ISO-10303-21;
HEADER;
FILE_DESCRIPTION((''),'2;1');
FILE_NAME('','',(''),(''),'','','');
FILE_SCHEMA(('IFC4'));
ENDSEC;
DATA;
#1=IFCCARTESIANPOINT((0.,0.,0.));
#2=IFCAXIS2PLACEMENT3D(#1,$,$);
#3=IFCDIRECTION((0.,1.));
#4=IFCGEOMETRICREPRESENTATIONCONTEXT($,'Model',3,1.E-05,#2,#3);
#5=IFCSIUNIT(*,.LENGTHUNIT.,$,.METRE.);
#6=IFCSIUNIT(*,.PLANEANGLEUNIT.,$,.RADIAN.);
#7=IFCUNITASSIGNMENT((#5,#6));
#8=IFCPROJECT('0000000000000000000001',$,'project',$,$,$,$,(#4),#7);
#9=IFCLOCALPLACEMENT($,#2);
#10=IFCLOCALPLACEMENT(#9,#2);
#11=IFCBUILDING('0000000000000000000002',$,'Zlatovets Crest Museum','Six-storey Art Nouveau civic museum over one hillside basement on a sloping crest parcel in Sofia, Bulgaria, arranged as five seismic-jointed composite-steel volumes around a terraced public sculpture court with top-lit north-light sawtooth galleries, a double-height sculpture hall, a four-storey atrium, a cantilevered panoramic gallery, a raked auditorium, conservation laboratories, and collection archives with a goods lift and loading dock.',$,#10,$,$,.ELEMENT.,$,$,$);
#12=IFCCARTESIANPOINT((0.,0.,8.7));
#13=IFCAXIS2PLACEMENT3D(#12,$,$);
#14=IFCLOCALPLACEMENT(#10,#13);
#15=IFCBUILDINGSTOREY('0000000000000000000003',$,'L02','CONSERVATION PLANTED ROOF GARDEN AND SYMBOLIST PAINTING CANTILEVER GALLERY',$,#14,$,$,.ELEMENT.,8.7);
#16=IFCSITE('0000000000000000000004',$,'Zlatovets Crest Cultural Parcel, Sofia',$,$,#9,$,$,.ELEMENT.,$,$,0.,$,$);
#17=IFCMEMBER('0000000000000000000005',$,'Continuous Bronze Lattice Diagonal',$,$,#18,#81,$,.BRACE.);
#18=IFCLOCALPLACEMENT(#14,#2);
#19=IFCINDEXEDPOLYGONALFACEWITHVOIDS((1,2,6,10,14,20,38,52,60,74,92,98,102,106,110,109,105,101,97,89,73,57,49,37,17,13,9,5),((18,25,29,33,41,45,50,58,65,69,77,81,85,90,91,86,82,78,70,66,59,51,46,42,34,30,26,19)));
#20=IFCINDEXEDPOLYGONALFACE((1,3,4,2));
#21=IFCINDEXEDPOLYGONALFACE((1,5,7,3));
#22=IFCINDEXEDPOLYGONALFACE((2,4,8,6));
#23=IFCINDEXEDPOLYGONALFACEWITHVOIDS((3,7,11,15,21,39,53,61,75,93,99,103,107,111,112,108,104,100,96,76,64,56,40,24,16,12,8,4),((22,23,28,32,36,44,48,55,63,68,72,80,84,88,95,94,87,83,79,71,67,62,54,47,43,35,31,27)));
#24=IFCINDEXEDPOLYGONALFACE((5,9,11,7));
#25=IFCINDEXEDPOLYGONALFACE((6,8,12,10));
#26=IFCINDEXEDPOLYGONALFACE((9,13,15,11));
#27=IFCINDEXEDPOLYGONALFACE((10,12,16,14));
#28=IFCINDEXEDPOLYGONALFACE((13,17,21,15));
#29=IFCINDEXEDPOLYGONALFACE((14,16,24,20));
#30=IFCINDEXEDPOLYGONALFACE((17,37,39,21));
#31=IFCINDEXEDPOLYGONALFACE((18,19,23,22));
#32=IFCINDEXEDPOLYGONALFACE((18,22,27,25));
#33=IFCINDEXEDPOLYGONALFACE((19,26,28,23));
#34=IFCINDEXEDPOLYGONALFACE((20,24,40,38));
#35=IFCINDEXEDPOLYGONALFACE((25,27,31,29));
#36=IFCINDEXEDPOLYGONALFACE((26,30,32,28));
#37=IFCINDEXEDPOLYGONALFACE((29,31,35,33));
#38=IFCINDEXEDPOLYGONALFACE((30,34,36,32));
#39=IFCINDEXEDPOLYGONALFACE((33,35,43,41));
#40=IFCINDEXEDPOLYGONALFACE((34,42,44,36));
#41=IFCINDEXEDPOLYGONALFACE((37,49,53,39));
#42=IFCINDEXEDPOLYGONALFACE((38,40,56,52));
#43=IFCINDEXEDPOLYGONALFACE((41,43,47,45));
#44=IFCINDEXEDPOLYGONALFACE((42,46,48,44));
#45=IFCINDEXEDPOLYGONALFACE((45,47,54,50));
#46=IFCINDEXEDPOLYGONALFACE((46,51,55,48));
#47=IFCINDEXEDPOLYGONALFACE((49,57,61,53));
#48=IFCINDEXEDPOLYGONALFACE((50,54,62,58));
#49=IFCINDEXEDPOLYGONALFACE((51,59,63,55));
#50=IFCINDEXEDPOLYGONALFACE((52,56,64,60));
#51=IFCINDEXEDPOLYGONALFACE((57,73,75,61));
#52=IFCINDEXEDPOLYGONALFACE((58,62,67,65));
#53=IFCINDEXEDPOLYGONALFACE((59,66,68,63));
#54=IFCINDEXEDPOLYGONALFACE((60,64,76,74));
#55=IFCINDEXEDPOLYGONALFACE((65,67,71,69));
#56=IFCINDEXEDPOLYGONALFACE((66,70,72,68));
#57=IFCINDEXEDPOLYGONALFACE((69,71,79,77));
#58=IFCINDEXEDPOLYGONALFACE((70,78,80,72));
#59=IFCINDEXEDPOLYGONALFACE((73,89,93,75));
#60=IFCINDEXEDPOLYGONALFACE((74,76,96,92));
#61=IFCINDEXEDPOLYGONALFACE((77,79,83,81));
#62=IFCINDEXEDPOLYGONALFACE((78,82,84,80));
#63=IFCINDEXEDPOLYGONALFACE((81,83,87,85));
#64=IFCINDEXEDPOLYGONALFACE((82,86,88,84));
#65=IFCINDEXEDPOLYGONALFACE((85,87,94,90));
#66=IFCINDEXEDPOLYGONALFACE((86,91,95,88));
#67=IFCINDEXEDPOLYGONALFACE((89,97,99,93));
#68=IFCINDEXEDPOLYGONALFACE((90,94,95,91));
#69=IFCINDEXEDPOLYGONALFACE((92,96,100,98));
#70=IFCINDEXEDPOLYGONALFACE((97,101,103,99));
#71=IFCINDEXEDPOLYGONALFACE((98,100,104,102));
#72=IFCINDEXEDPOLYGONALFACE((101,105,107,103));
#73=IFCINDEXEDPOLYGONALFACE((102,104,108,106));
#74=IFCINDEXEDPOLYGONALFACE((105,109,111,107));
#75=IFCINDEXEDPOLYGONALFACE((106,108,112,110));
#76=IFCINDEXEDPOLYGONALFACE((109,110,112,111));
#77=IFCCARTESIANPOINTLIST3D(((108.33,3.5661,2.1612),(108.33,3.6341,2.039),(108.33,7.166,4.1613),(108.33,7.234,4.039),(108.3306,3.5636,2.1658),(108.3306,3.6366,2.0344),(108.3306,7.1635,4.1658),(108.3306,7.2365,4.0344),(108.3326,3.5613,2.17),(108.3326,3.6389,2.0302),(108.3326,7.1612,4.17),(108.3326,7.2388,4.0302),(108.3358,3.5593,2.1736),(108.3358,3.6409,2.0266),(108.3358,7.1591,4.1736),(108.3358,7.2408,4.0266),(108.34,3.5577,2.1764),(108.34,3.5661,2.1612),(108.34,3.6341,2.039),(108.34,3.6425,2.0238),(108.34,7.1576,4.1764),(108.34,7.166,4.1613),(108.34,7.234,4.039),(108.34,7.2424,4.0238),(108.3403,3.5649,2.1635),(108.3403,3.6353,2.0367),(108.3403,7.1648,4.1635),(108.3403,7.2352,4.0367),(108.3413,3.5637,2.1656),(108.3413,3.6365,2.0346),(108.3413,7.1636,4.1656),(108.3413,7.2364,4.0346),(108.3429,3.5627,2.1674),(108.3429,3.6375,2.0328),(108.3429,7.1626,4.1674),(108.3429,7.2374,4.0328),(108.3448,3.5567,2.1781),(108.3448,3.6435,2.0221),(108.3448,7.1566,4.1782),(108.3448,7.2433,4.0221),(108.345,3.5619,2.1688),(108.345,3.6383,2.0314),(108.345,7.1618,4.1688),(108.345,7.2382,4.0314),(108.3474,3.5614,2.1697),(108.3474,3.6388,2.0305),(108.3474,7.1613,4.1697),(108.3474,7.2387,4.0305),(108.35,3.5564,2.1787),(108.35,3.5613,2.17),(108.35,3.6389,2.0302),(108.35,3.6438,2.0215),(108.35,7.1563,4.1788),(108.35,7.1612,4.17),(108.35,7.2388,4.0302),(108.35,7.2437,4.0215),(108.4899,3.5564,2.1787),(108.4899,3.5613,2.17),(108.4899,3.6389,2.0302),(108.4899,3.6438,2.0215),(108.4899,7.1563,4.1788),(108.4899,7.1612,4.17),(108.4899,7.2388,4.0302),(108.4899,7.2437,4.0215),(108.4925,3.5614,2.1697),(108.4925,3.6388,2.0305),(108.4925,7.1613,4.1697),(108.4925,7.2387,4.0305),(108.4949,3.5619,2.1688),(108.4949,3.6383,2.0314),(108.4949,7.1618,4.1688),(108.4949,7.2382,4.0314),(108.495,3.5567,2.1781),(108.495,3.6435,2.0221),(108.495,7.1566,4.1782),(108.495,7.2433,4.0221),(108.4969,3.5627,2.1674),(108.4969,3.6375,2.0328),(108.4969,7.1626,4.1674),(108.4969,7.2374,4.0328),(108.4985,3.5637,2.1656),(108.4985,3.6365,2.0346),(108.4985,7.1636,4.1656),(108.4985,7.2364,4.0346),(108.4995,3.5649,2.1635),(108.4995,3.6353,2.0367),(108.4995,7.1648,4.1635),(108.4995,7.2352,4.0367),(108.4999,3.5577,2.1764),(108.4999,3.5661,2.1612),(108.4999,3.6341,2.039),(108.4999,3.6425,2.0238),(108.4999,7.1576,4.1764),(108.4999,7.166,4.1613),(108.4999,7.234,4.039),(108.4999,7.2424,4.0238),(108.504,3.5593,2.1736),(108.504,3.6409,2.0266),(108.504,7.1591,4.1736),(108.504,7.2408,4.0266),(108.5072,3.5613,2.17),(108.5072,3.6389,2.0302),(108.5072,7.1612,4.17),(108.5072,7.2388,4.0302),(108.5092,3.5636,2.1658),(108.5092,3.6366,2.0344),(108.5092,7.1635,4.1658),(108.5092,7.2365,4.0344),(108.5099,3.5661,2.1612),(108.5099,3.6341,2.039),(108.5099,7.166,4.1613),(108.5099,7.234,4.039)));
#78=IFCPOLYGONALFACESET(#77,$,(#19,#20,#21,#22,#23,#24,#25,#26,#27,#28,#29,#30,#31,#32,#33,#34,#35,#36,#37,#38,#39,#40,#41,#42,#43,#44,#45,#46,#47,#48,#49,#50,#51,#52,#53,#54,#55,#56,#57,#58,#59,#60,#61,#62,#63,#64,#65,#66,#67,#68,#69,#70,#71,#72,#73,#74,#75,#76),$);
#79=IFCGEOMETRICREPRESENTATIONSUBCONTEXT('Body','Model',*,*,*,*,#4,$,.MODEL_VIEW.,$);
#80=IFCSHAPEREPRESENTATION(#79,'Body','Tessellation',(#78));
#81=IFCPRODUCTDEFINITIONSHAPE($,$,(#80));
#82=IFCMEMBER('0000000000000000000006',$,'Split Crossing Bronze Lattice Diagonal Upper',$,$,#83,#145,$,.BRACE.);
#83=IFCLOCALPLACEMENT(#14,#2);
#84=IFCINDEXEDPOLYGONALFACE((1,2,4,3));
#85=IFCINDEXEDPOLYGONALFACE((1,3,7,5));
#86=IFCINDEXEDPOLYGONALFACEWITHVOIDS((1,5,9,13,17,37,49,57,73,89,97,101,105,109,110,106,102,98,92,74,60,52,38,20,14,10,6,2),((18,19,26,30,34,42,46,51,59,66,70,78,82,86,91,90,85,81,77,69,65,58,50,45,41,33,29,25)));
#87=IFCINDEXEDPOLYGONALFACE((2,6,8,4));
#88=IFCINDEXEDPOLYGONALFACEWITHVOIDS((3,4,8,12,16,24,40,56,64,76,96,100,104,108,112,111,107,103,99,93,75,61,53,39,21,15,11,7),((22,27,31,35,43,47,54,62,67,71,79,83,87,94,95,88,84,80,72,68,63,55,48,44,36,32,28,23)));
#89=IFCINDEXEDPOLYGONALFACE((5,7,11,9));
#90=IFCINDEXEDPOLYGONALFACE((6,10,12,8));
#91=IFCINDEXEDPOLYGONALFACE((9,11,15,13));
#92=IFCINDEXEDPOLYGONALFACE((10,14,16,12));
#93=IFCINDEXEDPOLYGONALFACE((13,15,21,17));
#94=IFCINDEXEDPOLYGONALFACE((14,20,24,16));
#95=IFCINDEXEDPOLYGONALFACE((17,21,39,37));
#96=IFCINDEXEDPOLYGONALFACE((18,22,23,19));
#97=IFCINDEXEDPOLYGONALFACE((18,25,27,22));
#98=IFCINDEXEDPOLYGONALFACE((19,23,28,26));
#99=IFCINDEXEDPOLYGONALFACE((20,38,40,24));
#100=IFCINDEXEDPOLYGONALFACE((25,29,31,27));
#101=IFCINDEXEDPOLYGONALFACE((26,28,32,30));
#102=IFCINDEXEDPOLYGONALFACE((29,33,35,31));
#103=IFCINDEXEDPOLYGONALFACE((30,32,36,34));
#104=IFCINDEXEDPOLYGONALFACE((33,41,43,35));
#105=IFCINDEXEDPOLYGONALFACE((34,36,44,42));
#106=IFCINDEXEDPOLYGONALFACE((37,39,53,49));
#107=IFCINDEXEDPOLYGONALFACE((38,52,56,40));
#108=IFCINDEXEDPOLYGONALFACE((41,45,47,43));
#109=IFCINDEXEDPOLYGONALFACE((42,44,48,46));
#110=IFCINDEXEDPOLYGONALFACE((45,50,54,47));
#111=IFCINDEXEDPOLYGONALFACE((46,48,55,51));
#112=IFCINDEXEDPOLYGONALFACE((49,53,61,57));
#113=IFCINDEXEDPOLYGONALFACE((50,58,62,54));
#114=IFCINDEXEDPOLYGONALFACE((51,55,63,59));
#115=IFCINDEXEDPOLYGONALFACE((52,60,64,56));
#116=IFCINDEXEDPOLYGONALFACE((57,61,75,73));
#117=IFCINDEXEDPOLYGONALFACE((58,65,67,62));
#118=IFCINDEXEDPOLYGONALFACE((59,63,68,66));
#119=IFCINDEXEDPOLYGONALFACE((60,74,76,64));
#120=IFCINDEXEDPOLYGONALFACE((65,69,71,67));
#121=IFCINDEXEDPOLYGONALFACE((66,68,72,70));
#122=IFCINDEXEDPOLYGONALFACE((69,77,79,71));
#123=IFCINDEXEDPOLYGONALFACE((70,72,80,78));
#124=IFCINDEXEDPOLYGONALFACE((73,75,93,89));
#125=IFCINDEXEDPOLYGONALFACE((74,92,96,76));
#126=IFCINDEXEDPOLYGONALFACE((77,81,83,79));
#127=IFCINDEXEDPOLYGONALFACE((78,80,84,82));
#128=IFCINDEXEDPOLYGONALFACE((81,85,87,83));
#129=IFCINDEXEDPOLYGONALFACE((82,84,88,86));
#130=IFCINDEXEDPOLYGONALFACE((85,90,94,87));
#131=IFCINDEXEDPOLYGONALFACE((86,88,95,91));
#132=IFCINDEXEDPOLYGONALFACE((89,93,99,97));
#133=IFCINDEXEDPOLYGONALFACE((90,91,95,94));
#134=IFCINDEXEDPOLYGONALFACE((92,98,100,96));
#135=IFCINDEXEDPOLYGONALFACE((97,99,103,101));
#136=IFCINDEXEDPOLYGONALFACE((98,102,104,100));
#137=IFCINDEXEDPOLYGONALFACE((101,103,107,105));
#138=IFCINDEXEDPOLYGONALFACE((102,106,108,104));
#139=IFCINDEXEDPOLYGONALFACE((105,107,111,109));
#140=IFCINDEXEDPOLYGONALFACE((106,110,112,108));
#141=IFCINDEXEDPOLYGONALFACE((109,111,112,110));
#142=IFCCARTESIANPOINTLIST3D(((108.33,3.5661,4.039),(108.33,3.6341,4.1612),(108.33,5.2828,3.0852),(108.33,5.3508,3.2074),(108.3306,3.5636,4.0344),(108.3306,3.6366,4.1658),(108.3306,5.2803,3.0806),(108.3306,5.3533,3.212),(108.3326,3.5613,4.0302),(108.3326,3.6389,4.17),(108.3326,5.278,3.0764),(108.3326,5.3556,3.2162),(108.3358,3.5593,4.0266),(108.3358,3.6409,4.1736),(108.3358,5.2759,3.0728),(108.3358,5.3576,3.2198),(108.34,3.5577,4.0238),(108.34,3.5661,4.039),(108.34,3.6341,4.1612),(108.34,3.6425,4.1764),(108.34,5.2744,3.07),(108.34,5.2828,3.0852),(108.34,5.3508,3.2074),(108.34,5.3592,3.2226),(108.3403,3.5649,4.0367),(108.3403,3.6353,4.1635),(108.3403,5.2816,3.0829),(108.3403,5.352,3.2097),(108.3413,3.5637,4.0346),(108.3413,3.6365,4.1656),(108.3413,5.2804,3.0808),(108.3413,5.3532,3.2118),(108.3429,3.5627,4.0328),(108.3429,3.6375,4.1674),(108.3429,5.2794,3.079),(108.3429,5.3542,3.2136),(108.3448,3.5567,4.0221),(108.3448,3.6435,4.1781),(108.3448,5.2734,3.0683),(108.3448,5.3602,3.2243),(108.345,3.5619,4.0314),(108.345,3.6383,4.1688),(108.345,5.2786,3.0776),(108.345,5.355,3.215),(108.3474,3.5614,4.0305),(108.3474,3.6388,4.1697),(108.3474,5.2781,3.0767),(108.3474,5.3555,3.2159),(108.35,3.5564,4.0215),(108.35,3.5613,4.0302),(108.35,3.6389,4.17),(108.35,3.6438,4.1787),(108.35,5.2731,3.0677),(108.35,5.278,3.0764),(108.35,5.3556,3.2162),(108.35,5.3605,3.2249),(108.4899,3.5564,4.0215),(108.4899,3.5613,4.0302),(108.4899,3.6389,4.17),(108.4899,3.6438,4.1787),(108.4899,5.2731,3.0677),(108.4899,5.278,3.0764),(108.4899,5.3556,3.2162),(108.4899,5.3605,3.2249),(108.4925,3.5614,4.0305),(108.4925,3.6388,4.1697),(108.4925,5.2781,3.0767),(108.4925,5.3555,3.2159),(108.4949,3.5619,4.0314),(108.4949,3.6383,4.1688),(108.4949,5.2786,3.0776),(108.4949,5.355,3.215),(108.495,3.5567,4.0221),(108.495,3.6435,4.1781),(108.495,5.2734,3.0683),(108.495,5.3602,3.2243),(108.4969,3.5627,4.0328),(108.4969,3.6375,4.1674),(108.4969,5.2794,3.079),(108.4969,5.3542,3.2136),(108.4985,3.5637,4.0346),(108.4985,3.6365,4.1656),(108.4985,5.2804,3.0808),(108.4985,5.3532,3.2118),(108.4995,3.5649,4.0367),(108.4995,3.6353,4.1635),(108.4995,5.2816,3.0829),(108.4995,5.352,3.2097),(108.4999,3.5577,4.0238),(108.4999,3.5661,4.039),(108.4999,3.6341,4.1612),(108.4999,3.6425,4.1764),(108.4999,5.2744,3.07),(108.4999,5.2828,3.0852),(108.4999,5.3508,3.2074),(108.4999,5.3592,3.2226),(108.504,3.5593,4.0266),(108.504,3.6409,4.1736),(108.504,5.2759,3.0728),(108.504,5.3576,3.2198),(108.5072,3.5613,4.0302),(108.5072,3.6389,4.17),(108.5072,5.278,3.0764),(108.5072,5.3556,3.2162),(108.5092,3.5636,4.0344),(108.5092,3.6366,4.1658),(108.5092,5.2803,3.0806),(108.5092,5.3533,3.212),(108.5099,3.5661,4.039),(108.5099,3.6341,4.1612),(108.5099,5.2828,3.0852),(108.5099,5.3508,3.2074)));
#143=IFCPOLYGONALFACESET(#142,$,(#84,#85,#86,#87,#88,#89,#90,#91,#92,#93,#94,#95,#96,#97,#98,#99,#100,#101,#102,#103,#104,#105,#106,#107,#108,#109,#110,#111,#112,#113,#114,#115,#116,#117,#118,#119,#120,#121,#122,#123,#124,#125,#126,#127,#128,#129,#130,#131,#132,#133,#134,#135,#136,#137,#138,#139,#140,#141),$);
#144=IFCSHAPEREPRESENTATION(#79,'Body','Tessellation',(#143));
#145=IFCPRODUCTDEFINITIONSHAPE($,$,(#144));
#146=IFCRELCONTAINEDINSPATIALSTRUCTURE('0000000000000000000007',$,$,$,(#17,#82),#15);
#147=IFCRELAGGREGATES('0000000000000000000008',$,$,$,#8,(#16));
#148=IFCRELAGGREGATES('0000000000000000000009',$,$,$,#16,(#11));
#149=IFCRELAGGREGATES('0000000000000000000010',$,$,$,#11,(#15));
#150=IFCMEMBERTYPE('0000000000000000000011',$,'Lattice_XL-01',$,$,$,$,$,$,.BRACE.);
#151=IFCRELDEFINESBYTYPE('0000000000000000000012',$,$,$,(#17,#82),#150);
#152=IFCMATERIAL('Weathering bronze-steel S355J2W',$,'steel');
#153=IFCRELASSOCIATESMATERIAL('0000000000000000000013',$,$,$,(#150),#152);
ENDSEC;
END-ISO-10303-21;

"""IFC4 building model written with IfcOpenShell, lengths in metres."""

from ifc_helpers import new_model, si_unit, direction, frame, origin, origin_2d, place, context, subcontext, project, spatial, hollow_rectangle, extrude, material, material_profile, profile_set, type_object, element, save


model = new_model("IFC4")

# Units and contexts
model_context = context("Model", 3, precision=1e-05, world=origin(), true_north=direction((0.0, 1.0)))
body_context = subcontext(model_context, "Body", "Model", "MODEL_VIEW")
ifc_project = project(units=[si_unit("LENGTHUNIT", "METRE"), si_unit("PLANEANGLEUNIT", "RADIAN")], contexts=[model_context])

# Site, building, storey
site_placement = place(None, origin())
site = spatial("IfcSite", under=ifc_project, at=site_placement, Name="Zlatovets Crest Cultural Parcel, Sofia", CompositionType="ELEMENT", RefElevation=0.0)
building_placement = place(site_placement, origin())
building = spatial("IfcBuilding", under=site, at=building_placement, Name="Zlatovets Crest Museum", Description="Six-storey Art Nouveau civic museum over one hillside basement on a sloping crest parcel in Sofia, Bulgaria, arranged as five seismic-jointed composite-steel volumes around a terraced public sculpture court with top-lit north-light sawtooth galleries, a double-height sculpture hall, a four-storey atrium, a cantilevered panoramic gallery, a raked auditorium, conservation laboratories, and collection archives with a goods lift and loading dock.", CompositionType="ELEMENT")
storey_placement = place(building_placement, frame((0.0, 0.0, 8.7)))
storey = spatial("IfcBuildingStorey", under=building, at=storey_placement, Name="L02", Description="CONSERVATION PLANTED ROOF GARDEN AND SYMBOLIST PAINTING CANTILEVER GALLERY", CompositionType="ELEMENT", Elevation=8.7)

# Members
ifc_material_1 = material(Name="Weathering bronze-steel S355J2W", Category="steel")
ifc_material_profile_1 = material_profile(ifc_material_1, hollow_rectangle(XDim=0.1799, YDim=0.1799, WallThickness=0.01, InnerFilletRadius=0.01, OuterFilletRadius=0.02, at=origin_2d()), Name="SHS 180x180x10.0")
ifc_profile_set_1 = profile_set([ifc_material_profile_1], Name="Weathering bronze-steel S355J2W")
member_type_1 = type_object("IfcMemberType", Name="Lattice_XL-01", PredefinedType="BRACE", material=ifc_profile_set_1)
member_1_placement = place(storey_placement, frame((108.4199, 3.6001, 2.1001), z_axis=(0.0, 0.874149, 0.485658), x_axis=(-1.0, 0.0, 0.0)))
element("IfcMember", 1, at=member_1_placement, inside=storey, type_object=member_type_1, Name="Continuous Bronze Lattice Diagonal", PredefinedType="BRACE", context=body_context, shape_type="SweptSolid", body=[
    extrude(hollow_rectangle(XDim=0.1799, YDim=0.1799, WallThickness=0.01, InnerFilletRadius=0.01, OuterFilletRadius=0.02, at=origin_2d()), origin(), (0.0, 0.0, 1.0), 4.1182),
])
member_2_placement = place(storey_placement, frame((108.4199, 3.6001, 4.1001), z_axis=(0.0, 0.87414, -0.485675), x_axis=(-1.0, 0.0, 0.0)))
element("IfcMember", 2, at=member_2_placement, inside=storey, type_object=member_type_1, Name="Split Crossing Bronze Lattice Diagonal Upper", PredefinedType="BRACE", context=body_context, shape_type="SweptSolid", body=[
    extrude(hollow_rectangle(XDim=0.1799, YDim=0.1799, WallThickness=0.01, InnerFilletRadius=0.01, OuterFilletRadius=0.02, at=origin_2d()), origin(), (0.0, 0.0, 1.0), 1.9639),
])

save(model, "model.ifc")
